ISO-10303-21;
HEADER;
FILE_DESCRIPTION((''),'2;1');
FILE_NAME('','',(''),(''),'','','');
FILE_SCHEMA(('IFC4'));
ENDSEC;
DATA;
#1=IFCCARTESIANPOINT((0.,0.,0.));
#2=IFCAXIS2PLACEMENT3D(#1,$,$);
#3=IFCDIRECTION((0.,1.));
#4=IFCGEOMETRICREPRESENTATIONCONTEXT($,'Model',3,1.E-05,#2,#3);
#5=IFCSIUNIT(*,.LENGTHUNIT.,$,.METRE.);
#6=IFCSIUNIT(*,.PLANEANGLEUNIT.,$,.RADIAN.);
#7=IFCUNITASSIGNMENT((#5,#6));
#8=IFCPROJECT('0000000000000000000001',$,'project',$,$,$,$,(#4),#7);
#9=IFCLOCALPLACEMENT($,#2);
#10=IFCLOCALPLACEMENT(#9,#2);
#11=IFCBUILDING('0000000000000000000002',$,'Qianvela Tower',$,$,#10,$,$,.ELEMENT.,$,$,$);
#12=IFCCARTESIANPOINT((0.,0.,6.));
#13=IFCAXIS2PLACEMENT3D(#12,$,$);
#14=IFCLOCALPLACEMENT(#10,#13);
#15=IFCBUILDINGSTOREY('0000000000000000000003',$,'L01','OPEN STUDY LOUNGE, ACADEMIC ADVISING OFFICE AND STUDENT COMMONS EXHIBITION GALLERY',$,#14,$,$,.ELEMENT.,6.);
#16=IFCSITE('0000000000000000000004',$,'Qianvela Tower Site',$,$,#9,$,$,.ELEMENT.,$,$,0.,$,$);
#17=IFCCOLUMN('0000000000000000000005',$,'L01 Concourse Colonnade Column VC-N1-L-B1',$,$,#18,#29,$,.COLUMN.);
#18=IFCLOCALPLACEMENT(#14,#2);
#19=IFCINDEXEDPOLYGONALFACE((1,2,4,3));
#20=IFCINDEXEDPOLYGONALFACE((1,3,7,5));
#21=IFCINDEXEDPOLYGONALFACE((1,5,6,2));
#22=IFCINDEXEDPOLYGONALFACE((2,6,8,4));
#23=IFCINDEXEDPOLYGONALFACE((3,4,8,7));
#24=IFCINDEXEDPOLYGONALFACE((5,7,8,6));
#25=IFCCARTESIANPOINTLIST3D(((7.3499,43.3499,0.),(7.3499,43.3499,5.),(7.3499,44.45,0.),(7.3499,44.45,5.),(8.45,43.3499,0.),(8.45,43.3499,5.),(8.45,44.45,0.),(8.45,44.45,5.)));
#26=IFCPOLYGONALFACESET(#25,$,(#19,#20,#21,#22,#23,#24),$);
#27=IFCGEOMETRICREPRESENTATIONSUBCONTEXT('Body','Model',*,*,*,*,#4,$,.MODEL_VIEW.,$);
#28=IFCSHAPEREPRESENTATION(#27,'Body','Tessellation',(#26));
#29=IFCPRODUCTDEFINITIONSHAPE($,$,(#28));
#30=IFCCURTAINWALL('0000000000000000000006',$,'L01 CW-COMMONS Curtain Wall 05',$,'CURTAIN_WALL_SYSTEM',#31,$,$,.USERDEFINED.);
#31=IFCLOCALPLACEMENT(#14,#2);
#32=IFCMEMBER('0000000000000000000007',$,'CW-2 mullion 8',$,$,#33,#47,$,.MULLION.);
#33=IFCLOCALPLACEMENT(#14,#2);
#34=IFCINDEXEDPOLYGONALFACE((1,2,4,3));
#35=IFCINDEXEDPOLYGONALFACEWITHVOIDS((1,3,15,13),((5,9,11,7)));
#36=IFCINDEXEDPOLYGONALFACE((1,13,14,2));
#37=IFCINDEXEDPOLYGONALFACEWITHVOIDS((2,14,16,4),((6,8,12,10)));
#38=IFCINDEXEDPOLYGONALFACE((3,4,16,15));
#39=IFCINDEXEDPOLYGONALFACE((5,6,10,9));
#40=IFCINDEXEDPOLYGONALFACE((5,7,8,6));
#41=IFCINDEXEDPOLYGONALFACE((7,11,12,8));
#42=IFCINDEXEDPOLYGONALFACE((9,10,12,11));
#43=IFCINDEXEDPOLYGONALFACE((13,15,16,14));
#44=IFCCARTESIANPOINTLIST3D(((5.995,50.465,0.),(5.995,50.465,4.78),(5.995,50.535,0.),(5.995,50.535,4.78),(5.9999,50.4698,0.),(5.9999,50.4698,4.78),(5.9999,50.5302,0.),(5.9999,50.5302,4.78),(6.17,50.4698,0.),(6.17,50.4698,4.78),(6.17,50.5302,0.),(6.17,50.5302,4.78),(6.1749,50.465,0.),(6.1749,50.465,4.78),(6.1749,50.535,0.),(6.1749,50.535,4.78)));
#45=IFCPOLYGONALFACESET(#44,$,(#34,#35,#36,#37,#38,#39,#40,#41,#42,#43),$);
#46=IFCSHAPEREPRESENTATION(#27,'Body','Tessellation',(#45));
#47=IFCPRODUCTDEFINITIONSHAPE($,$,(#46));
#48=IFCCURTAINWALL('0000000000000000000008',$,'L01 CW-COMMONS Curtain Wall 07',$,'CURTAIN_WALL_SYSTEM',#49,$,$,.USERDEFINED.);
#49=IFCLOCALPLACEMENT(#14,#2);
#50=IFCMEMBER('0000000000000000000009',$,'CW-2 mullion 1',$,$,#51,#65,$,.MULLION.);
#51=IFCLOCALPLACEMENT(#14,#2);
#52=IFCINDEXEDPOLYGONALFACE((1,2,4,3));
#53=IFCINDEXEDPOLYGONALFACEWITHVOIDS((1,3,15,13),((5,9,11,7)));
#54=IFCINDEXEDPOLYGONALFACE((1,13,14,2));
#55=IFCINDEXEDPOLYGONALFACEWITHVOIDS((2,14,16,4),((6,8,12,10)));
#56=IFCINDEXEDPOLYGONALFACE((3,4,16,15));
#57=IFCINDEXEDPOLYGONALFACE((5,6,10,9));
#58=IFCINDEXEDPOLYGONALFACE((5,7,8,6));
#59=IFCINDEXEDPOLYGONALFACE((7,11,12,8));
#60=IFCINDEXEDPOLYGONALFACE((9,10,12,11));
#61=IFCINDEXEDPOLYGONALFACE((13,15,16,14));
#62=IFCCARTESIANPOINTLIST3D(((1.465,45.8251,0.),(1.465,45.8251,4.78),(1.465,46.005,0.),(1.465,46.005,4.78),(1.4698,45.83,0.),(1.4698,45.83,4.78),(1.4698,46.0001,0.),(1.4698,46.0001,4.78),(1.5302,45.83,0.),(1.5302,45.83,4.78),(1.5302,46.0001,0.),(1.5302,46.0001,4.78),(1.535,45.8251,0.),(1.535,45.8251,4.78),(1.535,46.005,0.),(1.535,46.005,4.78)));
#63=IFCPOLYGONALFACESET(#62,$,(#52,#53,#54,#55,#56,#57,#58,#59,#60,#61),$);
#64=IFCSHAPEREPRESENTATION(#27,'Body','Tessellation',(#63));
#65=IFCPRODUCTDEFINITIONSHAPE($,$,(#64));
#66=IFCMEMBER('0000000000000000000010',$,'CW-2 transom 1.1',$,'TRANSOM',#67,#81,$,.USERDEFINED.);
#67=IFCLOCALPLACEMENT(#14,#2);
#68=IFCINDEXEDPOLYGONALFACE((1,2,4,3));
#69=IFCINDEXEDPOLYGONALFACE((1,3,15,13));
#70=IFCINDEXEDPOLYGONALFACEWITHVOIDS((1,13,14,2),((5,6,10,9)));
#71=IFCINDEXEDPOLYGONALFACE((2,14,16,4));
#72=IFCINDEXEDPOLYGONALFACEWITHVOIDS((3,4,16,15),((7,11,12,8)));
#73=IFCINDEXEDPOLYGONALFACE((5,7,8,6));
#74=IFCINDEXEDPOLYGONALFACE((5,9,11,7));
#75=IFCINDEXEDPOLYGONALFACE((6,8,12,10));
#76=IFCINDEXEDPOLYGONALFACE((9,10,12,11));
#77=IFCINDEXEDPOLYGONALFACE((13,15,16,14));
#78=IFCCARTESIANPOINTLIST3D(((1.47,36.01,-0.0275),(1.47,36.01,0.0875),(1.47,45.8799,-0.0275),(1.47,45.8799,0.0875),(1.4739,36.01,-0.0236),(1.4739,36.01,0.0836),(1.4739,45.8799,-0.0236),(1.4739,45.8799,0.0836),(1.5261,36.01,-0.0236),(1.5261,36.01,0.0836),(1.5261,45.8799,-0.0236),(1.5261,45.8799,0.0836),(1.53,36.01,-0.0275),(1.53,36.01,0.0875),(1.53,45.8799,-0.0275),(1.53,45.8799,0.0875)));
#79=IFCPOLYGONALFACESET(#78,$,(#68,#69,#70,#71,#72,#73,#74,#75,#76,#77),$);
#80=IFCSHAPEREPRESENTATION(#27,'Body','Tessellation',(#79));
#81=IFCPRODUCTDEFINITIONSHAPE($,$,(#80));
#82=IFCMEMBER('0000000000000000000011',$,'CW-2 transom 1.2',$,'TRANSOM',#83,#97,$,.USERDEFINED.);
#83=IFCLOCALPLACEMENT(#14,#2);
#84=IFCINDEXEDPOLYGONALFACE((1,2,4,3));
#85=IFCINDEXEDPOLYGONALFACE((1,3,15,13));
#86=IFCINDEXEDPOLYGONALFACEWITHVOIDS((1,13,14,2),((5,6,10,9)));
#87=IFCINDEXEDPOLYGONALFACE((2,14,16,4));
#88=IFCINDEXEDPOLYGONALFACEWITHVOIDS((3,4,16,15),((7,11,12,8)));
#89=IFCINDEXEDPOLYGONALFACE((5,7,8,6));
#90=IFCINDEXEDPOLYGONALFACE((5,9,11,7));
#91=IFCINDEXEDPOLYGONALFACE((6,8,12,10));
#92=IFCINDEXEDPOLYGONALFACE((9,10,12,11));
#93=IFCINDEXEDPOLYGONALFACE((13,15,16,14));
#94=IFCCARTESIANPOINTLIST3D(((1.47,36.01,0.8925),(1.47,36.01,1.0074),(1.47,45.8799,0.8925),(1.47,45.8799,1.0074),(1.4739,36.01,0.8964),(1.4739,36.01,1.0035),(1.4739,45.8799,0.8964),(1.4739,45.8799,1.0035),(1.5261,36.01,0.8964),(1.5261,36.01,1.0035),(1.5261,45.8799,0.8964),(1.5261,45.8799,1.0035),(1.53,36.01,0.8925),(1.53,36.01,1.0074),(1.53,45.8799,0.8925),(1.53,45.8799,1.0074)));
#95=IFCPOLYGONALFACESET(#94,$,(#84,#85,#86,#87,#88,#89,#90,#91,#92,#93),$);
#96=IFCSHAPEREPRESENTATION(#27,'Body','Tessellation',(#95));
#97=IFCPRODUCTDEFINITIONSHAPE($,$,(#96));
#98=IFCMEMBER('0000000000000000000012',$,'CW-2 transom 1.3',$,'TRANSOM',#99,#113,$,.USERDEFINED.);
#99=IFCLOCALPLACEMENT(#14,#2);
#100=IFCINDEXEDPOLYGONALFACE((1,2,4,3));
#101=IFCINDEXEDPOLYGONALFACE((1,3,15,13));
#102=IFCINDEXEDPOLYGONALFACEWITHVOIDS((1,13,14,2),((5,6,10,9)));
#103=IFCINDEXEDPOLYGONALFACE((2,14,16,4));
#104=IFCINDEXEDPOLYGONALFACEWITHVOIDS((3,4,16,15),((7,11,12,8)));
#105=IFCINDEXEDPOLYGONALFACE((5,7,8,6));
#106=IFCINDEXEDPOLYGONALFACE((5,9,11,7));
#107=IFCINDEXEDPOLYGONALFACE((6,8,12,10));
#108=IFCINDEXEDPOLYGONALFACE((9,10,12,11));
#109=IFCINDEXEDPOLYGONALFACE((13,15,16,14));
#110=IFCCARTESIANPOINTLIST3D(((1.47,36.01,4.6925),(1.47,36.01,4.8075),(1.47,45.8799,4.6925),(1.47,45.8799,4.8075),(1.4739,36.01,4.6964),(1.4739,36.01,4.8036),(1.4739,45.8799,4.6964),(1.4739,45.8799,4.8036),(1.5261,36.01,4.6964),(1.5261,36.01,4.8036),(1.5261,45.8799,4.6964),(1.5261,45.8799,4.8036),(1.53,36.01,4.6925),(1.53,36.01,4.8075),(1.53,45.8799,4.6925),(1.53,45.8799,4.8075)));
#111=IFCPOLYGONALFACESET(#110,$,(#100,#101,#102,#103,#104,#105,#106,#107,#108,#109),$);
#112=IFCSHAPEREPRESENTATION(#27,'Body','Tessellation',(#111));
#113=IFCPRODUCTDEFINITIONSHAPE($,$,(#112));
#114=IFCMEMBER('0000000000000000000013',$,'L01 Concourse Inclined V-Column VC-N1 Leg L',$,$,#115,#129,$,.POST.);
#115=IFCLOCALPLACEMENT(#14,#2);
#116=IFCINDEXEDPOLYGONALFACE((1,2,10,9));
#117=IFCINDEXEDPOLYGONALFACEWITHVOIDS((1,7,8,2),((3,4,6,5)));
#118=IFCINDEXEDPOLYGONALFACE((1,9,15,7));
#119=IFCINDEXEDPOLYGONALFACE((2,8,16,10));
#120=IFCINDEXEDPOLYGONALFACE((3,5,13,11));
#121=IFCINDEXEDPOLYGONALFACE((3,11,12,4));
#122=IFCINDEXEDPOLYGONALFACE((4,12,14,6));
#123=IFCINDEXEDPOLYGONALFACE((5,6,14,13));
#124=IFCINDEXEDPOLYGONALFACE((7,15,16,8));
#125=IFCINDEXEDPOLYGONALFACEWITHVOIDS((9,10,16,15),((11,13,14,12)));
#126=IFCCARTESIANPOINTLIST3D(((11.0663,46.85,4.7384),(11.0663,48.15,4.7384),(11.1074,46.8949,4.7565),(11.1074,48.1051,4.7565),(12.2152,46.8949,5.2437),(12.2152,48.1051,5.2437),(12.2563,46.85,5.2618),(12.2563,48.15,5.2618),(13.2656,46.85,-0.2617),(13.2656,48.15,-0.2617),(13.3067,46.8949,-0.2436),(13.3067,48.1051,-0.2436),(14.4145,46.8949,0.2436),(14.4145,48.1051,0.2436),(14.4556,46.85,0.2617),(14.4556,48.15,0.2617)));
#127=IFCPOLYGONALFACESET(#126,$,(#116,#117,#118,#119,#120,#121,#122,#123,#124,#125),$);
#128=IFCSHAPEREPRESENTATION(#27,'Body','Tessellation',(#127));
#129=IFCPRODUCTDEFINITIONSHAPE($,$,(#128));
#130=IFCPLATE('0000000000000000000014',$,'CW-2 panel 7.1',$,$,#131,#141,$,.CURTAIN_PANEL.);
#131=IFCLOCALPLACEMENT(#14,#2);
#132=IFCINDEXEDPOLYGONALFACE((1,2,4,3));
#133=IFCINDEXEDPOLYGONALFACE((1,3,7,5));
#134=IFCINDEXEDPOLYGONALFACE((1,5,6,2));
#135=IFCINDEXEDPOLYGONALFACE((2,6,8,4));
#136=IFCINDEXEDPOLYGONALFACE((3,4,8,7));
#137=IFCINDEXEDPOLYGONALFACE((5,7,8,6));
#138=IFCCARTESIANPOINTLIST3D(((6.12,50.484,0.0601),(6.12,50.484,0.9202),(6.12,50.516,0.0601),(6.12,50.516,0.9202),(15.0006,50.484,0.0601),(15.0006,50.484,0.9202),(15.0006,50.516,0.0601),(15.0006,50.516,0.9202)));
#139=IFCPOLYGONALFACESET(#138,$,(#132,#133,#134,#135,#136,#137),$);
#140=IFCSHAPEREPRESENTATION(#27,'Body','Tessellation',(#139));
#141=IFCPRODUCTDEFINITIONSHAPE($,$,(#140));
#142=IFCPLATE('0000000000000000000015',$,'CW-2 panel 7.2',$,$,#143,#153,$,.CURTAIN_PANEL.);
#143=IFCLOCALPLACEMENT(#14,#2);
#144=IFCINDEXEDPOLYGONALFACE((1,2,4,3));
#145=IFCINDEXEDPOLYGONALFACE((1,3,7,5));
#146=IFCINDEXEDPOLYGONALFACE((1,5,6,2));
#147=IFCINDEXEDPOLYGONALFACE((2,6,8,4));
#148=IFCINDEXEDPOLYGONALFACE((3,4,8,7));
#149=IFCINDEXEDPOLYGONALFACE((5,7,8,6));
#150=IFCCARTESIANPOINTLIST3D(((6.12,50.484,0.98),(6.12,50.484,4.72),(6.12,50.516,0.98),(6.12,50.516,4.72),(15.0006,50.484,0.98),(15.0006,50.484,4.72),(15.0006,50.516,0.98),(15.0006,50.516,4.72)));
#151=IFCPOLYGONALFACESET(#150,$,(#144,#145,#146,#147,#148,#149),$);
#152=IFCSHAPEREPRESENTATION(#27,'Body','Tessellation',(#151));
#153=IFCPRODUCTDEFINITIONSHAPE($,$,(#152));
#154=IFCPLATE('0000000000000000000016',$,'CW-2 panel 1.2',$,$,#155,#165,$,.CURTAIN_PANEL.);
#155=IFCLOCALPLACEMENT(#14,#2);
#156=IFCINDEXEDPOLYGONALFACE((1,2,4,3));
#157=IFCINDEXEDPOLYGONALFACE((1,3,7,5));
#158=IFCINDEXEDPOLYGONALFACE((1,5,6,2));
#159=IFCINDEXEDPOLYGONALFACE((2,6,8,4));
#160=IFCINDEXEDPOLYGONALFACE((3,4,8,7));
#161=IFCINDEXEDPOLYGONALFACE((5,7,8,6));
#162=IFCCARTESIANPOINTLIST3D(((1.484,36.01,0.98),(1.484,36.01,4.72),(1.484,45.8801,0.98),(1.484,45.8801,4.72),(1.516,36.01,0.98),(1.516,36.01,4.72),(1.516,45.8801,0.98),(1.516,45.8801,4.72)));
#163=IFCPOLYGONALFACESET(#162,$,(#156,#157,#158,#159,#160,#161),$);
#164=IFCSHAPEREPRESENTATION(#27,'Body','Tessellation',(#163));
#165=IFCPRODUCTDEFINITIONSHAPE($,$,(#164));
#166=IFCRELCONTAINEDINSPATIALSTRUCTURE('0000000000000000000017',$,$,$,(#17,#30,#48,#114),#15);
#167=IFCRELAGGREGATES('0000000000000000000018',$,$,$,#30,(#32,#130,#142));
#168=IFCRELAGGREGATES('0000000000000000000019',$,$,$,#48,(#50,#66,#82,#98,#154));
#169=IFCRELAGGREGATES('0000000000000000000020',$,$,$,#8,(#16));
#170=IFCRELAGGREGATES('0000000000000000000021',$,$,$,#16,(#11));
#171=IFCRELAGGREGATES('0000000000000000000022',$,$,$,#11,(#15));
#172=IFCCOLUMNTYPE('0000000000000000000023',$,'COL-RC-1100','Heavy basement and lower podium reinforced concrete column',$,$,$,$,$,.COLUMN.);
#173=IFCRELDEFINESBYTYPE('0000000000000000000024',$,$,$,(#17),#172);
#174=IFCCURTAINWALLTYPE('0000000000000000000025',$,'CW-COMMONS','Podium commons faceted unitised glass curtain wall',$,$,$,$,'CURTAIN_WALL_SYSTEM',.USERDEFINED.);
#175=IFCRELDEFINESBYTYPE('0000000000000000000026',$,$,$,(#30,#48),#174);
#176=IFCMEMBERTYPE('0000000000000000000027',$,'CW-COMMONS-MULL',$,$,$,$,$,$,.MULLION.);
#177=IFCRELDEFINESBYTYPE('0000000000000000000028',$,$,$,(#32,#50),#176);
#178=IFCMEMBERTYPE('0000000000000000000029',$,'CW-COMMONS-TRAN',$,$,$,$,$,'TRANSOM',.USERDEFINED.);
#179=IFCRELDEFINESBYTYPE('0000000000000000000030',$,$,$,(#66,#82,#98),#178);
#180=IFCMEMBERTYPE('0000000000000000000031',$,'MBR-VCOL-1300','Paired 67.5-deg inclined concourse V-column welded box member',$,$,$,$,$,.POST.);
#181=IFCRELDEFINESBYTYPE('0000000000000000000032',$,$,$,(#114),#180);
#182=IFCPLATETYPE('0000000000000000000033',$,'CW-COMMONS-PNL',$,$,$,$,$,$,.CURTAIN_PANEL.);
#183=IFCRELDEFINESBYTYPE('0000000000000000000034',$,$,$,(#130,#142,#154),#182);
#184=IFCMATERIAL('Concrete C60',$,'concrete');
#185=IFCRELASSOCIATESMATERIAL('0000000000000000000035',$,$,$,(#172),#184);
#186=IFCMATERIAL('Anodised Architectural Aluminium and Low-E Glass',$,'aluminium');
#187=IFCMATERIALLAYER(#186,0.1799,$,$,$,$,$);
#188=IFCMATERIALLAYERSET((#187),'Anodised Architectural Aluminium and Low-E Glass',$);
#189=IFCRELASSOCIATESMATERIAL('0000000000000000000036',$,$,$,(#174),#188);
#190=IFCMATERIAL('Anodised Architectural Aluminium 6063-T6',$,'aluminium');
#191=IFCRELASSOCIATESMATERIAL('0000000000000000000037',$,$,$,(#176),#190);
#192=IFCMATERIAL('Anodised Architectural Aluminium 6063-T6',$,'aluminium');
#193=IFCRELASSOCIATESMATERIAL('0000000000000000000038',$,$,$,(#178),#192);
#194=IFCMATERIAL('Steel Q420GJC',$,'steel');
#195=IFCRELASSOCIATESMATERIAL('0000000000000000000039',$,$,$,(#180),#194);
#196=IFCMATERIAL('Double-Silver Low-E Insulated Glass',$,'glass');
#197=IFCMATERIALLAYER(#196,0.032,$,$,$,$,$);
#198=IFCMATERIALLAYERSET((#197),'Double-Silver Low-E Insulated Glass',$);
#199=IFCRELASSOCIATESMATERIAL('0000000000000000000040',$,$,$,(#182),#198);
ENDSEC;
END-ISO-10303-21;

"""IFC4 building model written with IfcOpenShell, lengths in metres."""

from ifc_helpers import new_model, si_unit, direction, frame, origin, origin_2d, place, context, subcontext, project, spatial, rectangle, hollow_rectangle, extrude, material, layer, layer_set, material_profile, profile_set, type_object, element, aggregate, save


model = new_model("IFC4")

# Units and contexts
model_context = context("Model", 3, precision=1e-05, world=origin(), true_north=direction((0.0, 1.0)))
body_context = subcontext(model_context, "Body", "Model", "MODEL_VIEW")
ifc_project = project(units=[si_unit("LENGTHUNIT", "METRE"), si_unit("PLANEANGLEUNIT", "RADIAN")], contexts=[model_context])

# Site, building, storey
site_placement = place(None, origin())
site = spatial("IfcSite", under=ifc_project, at=site_placement, Name="Qianvela Tower Site", CompositionType="ELEMENT", RefElevation=0.0)
building_placement = place(site_placement, origin())
building = spatial("IfcBuilding", under=site, at=building_placement, Name="Qianvela Tower", CompositionType="ELEMENT")
storey_placement = place(building_placement, frame((0.0, 0.0, 6.0)))
storey = spatial("IfcBuildingStorey", under=building, at=storey_placement, Name="L01", Description="OPEN STUDY LOUNGE, ACADEMIC ADVISING OFFICE AND STUDENT COMMONS EXHIBITION GALLERY", CompositionType="ELEMENT", Elevation=6.0)

# Column
ifc_material_1 = material(Name="Concrete C60", Category="concrete")
ifc_material_profile_1 = material_profile(ifc_material_1, rectangle(XDim=1.1001, YDim=1.1001, at=origin_2d()), Name="RC-COL-1100x1100")
ifc_profile_set_1 = profile_set([ifc_material_profile_1], Name="Concrete C60")
column_type = type_object("IfcColumnType", Name="COL-RC-1100", Description="Heavy basement and lower podium reinforced concrete column", PredefinedType="COLUMN", material=ifc_profile_set_1)
column_placement = place(storey_placement, frame((7.8999, 43.8999, 0.0), z_axis=(0.0, 0.0, 1.0), x_axis=(1.0, 0.0, 0.0)))
element("IfcColumn", 1, at=column_placement, inside=storey, type_object=column_type, Name="L01 Concourse Colonnade Column VC-N1-L-B1", PredefinedType="COLUMN", context=body_context, shape_type="SweptSolid", body=[
    extrude(rectangle(XDim=1.1001, YDim=1.1001, at=origin_2d()), origin(), (0.0, 0.0, 1.0), 5.0),
])

# Curtain wall, member
ifc_material_2 = material(Name="Anodised Architectural Aluminium and Low-E Glass", Category="aluminium")
ifc_layer_1 = layer(ifc_material_2, 0.1799)
ifc_layer_set_1 = layer_set([ifc_layer_1], Name="Anodised Architectural Aluminium and Low-E Glass")
curtain_wall_type = type_object("IfcCurtainWallType", Name="CW-COMMONS", Description="Podium commons faceted unitised glass curtain wall", ElementType="CURTAIN_WALL_SYSTEM", PredefinedType="USERDEFINED", material=ifc_layer_set_1)
curtain_wall_1_placement = place(storey_placement, origin())
curtain_wall_1 = element("IfcCurtainWall", 2, at=curtain_wall_1_placement, inside=storey, type_object=curtain_wall_type, Name="L01 CW-COMMONS Curtain Wall 05", ObjectType="CURTAIN_WALL_SYSTEM", PredefinedType="USERDEFINED")
ifc_material_3 = material(Name="Anodised Architectural Aluminium 6063-T6", Category="aluminium")
ifc_material_profile_2 = material_profile(ifc_material_3, hollow_rectangle(XDim=0.0701, YDim=0.1799, WallThickness=0.0049, at=origin_2d()), Name="ALU-MULL-70x180")
ifc_profile_set_2 = profile_set([ifc_material_profile_2], Name="Anodised Architectural Aluminium 6063-T6")
member_type_1 = type_object("IfcMemberType", Name="CW-COMMONS-MULL", PredefinedType="MULLION", material=ifc_profile_set_2)
member_1_placement = place(storey_placement, frame((6.085, 50.5, 0.0), z_axis=(0.0, 0.0, 1.0), x_axis=(0.0, -1.0, 0.0)))
member_1 = element("IfcMember", 3, at=member_1_placement, type_object=member_type_1, Name="CW-2 mullion 8", PredefinedType="MULLION", context=body_context, shape_type="SweptSolid", body=[
    extrude(hollow_rectangle(XDim=0.0701, YDim=0.1799, WallThickness=0.0049, at=origin_2d()), origin(), (0.0, 0.0, 1.0), 4.78),
])

# Curtain wall, members
curtain_wall_2_placement = place(storey_placement, origin())
curtain_wall_2 = element("IfcCurtainWall", 4, at=curtain_wall_2_placement, inside=storey, type_object=curtain_wall_type, Name="L01 CW-COMMONS Curtain Wall 07", ObjectType="CURTAIN_WALL_SYSTEM", PredefinedType="USERDEFINED")
member_2_placement = place(storey_placement, frame((1.5, 45.915, 0.0), z_axis=(0.0, 0.0, 1.0), x_axis=(1.0, 0.0, 0.0)))
member_2 = element("IfcMember", 5, at=member_2_placement, type_object=member_type_1, Name="CW-2 mullion 1", PredefinedType="MULLION", context=body_context, shape_type="SweptSolid", body=[
    extrude(hollow_rectangle(XDim=0.0701, YDim=0.1799, WallThickness=0.0049, at=origin_2d()), origin(), (0.0, 0.0, 1.0), 4.78),
])
ifc_material_4 = material(Name="Anodised Architectural Aluminium 6063-T6", Category="aluminium")
ifc_material_profile_3 = material_profile(ifc_material_4, hollow_rectangle(XDim=0.0601, YDim=0.115, WallThickness=0.0039, at=origin_2d()), Name="ALU-TRAN-60x115")
ifc_profile_set_3 = profile_set([ifc_material_profile_3], Name="Anodised Architectural Aluminium 6063-T6")
member_type_2 = type_object("IfcMemberType", Name="CW-COMMONS-TRAN", ElementType="TRANSOM", PredefinedType="USERDEFINED", material=ifc_profile_set_3)
member_3_placement = place(storey_placement, frame((1.5, 45.8799, 0.03), z_axis=(0.0, -1.0, 0.0), x_axis=(1.0, 0.0, 0.0)))
member_3 = element("IfcMember", 6, at=member_3_placement, type_object=member_type_2, Name="CW-2 transom 1.1", ObjectType="TRANSOM", PredefinedType="USERDEFINED", context=body_context, shape_type="SweptSolid", body=[
    extrude(hollow_rectangle(XDim=0.0601, YDim=0.115, WallThickness=0.0039, at=origin_2d()), origin(), (0.0, 0.0, 1.0), 9.8699),
])
member_4_placement = place(storey_placement, frame((1.5, 45.8799, 0.95), z_axis=(0.0, -1.0, 0.0), x_axis=(1.0, 0.0, 0.0)))
member_4 = element("IfcMember", 7, at=member_4_placement, type_object=member_type_2, Name="CW-2 transom 1.2", ObjectType="TRANSOM", PredefinedType="USERDEFINED", context=body_context, shape_type="SweptSolid", body=[
    extrude(hollow_rectangle(XDim=0.0601, YDim=0.115, WallThickness=0.0039, at=origin_2d()), origin(), (0.0, 0.0, 1.0), 9.8699),
])
member_5_placement = place(storey_placement, frame((1.5, 45.8799, 4.75), z_axis=(0.0, -1.0, 0.0), x_axis=(1.0, 0.0, 0.0)))
member_5 = element("IfcMember", 8, at=member_5_placement, type_object=member_type_2, Name="CW-2 transom 1.3", ObjectType="TRANSOM", PredefinedType="USERDEFINED", context=body_context, shape_type="SweptSolid", body=[
    extrude(hollow_rectangle(XDim=0.0601, YDim=0.115, WallThickness=0.0039, at=origin_2d()), origin(), (0.0, 0.0, 1.0), 9.8699),
])

# Member
ifc_material_5 = material(Name="Steel Q420GJC", Category="steel")
ifc_material_profile_4 = material_profile(ifc_material_5, hollow_rectangle(XDim=1.3, YDim=1.3, WallThickness=0.0449, at=origin_2d()), Name="VBOX-1300x1300x45")
ifc_profile_set_4 = profile_set([ifc_material_profile_4], Name="Steel Q420GJC")
member_type_3 = type_object("IfcMemberType", Name="MBR-VCOL-1300", Description="Paired 67.5-deg inclined concourse V-column welded box member", PredefinedType="POST", material=ifc_profile_set_4)
member_6_placement = place(storey_placement, frame((13.8606, 47.5, 0.0), z_axis=(-0.402619, 0.0, 0.915368), x_axis=(0.0, -1.0, 0.0)))
element("IfcMember", 9, at=member_6_placement, inside=storey, type_object=member_type_3, Name="L01 Concourse Inclined V-Column VC-N1 Leg L", PredefinedType="POST", context=body_context, shape_type="SweptSolid", body=[
    extrude(hollow_rectangle(XDim=1.3, YDim=1.3, WallThickness=0.0449, at=origin_2d()), origin(), (0.0, 0.0, 1.0), 5.4624),
])

# Plates
ifc_material_6 = material(Name="Double-Silver Low-E Insulated Glass", Category="glass")
ifc_layer_2 = layer(ifc_material_6, 0.032)
ifc_layer_set_2 = layer_set([ifc_layer_2], Name="Double-Silver Low-E Insulated Glass")
plate_type = type_object("IfcPlateType", Name="CW-COMMONS-PNL", PredefinedType="CURTAIN_PANEL", material=ifc_layer_set_2)
plate_1_placement = place(storey_placement, frame((10.5603, 50.5, 0.0601), z_axis=(0.0, 0.0, 1.0), x_axis=(-1.0, 0.0, 0.0)))
plate_1 = element("IfcPlate", 10, at=plate_1_placement, type_object=plate_type, Name="CW-2 panel 7.1", PredefinedType="CURTAIN_PANEL", context=body_context, shape_type="SweptSolid", body=[
    extrude(rectangle(XDim=8.8806, YDim=0.032, at=origin_2d()), origin(), (0.0, 0.0, 1.0), 0.8601),
])
plate_2_placement = place(storey_placement, frame((10.5603, 50.5, 0.98), z_axis=(0.0, 0.0, 1.0), x_axis=(-1.0, 0.0, 0.0)))
plate_2 = element("IfcPlate", 11, at=plate_2_placement, type_object=plate_type, Name="CW-2 panel 7.2", PredefinedType="CURTAIN_PANEL", context=body_context, shape_type="SweptSolid", body=[
    extrude(rectangle(XDim=8.8806, YDim=0.032, at=origin_2d()), origin(), (0.0, 0.0, 1.0), 3.74),
])
aggregate(curtain_wall_1, [member_1, plate_1, plate_2])
plate_3_placement = place(storey_placement, frame((1.5, 40.9451, 0.98), z_axis=(0.0, 0.0, 1.0), x_axis=(0.0, -1.0, 0.0)))
plate_3 = element("IfcPlate", 12, at=plate_3_placement, type_object=plate_type, Name="CW-2 panel 1.2", PredefinedType="CURTAIN_PANEL", context=body_context, shape_type="SweptSolid", body=[
    extrude(rectangle(XDim=9.8701, YDim=0.032, at=origin_2d()), origin(), (0.0, 0.0, 1.0), 3.74),
])
aggregate(curtain_wall_2, [member_2, member_3, member_4, member_5, plate_3])

save(model, "model.ifc")
